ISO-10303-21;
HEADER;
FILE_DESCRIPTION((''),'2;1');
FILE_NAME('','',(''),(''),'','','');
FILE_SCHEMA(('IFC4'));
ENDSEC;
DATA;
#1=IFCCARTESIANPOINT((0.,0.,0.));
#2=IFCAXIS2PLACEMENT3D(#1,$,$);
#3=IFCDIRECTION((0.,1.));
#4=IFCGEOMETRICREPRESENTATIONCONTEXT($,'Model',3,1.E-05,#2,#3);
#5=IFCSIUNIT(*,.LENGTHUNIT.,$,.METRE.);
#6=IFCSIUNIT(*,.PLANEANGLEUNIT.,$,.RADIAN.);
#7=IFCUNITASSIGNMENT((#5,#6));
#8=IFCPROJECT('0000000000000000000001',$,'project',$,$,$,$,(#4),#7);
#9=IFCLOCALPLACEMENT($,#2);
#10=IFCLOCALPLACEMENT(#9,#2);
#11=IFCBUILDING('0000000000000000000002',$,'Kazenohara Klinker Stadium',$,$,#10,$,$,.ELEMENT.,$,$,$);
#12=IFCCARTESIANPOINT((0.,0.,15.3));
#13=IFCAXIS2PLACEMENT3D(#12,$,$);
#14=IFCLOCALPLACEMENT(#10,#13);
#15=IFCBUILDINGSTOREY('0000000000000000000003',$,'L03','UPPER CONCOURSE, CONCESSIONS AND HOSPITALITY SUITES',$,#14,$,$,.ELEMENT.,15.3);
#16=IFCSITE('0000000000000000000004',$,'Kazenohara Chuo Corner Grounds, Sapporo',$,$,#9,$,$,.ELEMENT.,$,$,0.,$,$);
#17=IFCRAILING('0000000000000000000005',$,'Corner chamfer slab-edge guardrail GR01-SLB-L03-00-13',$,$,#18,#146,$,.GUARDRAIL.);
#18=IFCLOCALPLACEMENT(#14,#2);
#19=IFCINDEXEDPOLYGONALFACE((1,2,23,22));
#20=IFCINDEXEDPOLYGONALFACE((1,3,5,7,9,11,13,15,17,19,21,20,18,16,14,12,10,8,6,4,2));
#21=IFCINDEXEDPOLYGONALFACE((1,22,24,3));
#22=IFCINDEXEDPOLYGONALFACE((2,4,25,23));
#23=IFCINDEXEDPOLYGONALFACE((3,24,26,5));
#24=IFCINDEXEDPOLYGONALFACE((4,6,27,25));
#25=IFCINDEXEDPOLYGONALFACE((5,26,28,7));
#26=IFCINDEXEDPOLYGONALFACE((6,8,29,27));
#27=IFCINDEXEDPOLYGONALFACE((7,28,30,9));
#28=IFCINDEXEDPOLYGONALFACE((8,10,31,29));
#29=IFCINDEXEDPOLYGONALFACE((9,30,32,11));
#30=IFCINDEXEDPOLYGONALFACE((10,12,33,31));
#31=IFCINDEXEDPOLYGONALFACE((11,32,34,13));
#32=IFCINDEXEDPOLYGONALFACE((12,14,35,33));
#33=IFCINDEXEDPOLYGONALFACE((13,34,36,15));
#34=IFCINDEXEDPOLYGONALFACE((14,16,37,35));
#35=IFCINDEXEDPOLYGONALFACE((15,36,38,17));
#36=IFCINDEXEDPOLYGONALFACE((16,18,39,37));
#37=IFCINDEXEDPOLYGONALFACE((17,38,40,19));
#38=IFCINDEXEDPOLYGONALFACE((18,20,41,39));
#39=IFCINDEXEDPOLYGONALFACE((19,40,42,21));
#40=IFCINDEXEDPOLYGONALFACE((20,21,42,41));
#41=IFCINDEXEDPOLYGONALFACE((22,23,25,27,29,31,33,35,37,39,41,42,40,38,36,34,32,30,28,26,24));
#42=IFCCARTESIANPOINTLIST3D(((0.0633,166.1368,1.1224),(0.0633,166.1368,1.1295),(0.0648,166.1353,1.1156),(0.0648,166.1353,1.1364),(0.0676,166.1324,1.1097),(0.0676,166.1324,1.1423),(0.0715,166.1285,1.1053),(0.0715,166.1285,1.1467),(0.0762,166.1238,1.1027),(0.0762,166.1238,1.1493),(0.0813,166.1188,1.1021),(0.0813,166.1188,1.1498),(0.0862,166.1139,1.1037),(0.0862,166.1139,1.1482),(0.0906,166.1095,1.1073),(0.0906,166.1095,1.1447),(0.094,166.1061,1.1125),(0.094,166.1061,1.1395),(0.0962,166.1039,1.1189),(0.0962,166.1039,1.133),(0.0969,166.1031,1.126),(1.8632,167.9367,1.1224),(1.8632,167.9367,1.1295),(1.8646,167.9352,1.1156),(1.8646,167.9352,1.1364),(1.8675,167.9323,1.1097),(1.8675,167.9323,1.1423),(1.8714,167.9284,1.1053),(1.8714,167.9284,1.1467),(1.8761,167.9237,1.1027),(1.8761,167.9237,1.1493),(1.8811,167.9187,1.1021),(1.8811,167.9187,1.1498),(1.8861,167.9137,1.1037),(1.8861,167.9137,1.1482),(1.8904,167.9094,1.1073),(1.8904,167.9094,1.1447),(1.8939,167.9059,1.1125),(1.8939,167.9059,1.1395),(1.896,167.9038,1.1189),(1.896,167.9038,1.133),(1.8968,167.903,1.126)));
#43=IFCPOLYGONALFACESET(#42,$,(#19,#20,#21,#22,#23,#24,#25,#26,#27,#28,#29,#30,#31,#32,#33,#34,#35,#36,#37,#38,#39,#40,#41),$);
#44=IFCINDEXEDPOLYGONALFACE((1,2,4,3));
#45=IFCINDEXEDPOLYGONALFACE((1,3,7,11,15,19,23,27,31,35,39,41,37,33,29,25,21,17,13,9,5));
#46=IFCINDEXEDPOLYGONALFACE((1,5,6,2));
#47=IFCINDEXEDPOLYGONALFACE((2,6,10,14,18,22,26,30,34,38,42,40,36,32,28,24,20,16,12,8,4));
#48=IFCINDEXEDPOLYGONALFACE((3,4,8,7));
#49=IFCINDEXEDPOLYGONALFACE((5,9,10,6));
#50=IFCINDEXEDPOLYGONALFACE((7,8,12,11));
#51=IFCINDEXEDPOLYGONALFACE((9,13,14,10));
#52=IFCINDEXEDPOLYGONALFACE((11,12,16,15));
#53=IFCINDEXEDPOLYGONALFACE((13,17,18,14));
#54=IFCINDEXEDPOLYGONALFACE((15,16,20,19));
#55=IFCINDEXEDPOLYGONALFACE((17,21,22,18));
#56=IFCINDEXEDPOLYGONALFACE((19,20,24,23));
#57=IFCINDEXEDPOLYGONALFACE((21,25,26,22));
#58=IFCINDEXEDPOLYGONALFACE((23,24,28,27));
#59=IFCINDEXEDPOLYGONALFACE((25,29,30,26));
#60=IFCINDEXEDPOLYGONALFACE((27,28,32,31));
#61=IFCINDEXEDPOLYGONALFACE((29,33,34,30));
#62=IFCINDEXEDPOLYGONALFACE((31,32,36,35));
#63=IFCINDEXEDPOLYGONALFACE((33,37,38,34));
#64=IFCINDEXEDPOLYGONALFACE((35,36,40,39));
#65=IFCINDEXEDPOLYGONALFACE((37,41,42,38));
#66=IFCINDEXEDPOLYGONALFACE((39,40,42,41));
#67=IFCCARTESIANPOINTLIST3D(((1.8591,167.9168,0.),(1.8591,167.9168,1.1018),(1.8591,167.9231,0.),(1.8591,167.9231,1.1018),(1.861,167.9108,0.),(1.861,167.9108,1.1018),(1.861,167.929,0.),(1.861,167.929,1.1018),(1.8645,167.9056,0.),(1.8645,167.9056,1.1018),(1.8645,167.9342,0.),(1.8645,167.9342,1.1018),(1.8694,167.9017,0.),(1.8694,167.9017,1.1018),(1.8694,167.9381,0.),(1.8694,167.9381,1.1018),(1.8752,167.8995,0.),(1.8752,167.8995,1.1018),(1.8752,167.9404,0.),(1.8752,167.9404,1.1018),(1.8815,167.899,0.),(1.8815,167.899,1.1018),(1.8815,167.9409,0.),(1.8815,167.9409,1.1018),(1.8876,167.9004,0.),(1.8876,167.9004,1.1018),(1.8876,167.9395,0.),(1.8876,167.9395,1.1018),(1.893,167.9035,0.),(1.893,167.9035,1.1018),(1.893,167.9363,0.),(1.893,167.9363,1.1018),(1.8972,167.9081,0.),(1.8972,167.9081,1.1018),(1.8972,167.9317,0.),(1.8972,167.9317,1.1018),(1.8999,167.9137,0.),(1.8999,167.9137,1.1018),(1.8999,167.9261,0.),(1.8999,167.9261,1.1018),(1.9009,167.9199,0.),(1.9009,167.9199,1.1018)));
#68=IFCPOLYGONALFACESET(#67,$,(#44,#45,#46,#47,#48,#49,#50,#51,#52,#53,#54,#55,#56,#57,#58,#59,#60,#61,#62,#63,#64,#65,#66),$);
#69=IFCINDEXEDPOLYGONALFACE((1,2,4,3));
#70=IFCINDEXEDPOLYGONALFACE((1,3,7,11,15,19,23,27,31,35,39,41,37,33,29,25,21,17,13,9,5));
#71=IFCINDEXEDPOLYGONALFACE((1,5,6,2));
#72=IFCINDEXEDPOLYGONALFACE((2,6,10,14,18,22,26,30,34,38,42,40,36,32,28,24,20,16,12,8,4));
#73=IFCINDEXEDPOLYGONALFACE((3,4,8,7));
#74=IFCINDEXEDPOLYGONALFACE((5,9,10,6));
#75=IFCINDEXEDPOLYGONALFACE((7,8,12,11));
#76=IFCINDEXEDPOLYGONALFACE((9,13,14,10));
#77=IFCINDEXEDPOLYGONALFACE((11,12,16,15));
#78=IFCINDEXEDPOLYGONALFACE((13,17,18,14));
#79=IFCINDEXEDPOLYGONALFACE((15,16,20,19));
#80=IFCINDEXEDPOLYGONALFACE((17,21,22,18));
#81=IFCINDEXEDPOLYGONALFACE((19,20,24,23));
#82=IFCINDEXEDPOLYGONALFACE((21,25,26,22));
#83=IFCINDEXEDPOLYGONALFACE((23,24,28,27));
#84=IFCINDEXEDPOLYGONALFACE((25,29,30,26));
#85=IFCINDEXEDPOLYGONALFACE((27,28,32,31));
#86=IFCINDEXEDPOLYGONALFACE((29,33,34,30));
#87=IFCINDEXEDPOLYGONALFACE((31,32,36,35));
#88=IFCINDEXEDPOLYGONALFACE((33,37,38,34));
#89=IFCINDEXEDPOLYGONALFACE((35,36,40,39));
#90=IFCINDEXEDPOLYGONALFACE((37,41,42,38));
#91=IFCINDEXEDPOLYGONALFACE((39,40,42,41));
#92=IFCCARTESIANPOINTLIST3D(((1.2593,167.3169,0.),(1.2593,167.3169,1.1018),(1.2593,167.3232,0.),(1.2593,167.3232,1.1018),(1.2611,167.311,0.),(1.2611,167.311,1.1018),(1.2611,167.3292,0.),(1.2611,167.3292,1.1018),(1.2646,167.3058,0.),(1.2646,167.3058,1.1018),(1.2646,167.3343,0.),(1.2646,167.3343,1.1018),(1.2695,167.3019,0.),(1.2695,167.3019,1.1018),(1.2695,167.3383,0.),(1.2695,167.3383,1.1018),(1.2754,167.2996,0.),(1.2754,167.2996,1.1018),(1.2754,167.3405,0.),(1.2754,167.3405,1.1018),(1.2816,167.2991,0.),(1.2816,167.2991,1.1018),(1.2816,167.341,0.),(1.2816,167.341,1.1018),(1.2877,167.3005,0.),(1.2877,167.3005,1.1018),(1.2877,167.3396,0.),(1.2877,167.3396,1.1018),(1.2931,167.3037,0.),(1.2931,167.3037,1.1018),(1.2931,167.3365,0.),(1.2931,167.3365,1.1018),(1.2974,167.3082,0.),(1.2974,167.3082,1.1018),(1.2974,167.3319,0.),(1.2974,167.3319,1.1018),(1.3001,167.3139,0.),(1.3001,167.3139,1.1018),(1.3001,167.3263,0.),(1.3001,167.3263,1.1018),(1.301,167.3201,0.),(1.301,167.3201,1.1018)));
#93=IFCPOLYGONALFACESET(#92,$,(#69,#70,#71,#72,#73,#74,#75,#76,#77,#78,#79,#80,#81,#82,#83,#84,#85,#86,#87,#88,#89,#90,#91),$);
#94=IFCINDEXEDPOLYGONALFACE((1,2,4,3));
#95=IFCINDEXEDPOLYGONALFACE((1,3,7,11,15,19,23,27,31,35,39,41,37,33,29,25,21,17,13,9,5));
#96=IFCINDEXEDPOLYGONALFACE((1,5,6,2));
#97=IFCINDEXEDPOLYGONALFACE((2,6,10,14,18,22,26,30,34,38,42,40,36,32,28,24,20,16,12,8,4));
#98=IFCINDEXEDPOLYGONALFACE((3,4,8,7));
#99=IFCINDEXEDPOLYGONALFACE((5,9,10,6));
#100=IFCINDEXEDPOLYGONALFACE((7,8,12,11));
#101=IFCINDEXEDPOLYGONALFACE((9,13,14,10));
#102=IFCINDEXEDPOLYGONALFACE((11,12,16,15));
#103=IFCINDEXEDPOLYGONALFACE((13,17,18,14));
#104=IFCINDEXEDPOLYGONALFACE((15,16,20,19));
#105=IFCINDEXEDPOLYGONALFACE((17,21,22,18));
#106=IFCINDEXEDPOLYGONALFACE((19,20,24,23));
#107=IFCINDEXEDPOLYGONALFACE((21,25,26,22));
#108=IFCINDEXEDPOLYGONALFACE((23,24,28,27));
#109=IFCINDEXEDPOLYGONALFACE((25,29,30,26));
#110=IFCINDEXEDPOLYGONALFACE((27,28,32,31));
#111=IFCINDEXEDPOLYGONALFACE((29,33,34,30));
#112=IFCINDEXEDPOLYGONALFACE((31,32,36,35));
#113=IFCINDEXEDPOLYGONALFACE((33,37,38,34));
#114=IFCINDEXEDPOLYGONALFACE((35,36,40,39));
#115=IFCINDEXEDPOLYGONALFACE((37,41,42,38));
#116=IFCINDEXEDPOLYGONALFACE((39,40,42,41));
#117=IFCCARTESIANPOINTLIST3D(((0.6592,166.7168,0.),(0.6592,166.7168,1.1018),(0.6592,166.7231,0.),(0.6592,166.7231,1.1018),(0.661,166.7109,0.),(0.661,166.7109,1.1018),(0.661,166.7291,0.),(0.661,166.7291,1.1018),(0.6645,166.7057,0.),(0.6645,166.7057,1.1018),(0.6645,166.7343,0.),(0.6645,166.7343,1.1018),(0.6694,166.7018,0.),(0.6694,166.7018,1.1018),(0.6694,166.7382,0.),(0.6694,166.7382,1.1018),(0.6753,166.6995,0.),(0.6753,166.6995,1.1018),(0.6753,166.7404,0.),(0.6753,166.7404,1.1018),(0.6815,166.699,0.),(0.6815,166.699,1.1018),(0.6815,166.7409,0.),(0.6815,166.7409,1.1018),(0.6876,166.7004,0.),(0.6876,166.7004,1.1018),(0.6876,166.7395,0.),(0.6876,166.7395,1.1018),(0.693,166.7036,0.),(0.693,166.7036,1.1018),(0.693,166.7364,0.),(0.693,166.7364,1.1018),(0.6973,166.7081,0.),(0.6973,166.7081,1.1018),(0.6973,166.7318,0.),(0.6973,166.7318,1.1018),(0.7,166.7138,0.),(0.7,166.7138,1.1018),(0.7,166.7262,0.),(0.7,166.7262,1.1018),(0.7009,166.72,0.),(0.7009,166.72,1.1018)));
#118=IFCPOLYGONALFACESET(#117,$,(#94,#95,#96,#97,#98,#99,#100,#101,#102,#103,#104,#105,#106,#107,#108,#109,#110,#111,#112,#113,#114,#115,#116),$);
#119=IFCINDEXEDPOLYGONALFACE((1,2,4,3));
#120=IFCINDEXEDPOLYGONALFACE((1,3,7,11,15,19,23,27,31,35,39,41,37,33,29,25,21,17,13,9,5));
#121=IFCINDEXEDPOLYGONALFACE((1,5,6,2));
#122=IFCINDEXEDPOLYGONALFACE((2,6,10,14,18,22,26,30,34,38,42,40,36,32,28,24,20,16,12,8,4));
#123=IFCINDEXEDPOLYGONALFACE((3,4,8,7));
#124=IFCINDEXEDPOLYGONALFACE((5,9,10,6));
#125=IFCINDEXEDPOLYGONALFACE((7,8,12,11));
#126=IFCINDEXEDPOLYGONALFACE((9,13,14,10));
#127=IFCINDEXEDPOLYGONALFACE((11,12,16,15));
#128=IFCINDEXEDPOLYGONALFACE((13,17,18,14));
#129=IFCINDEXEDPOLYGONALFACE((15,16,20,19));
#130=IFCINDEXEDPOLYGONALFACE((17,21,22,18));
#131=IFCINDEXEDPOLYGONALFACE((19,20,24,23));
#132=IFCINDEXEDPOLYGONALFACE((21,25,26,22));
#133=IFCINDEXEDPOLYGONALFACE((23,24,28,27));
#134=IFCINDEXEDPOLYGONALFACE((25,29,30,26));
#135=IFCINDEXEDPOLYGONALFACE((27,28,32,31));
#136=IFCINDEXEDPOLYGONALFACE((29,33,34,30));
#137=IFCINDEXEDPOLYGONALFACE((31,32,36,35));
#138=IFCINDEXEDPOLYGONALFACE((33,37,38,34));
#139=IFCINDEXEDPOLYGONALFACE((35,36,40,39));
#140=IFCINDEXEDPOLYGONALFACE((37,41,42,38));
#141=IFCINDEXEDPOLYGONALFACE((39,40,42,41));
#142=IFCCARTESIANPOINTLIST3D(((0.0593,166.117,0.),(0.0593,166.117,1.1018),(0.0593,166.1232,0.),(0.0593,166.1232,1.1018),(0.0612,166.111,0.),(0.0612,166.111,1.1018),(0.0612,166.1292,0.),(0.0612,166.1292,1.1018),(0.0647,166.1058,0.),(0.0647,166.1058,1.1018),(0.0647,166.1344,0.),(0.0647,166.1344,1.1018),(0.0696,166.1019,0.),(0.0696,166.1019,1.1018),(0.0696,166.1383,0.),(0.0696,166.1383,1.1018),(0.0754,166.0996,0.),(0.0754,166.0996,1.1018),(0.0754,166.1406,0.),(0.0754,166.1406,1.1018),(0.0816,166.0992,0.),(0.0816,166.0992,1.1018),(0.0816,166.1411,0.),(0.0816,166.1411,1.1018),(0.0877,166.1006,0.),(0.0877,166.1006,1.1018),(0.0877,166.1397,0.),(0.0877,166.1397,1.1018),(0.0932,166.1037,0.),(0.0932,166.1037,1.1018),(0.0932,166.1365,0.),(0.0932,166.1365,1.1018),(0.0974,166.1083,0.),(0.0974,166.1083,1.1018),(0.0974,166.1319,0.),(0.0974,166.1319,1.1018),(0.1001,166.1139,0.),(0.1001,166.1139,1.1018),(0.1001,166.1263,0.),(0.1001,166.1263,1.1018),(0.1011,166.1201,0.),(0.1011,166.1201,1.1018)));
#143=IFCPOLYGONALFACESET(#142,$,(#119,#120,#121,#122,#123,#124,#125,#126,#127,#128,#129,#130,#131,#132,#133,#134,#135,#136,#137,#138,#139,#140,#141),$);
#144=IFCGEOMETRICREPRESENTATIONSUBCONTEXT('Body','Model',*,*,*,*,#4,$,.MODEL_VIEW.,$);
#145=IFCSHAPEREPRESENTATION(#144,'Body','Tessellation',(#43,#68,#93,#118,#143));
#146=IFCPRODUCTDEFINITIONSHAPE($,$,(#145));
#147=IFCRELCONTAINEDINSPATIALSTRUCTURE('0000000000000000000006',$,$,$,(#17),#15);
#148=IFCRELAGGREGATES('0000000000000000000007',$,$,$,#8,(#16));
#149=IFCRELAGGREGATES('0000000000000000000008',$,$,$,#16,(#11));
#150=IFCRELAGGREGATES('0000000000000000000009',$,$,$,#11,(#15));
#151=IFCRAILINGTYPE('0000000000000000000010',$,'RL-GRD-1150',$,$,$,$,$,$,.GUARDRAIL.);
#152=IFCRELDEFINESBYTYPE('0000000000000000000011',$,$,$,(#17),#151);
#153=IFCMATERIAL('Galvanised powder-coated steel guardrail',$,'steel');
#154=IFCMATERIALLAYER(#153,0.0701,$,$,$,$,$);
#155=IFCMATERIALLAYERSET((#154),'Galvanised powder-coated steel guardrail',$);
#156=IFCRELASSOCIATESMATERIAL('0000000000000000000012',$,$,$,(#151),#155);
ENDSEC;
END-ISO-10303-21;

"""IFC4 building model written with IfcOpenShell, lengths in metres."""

from ifc_helpers import new_model, si_unit, direction, frame, origin, origin_2d, place, context, subcontext, project, spatial, circle, extrude, material, layer, layer_set, type_object, element, save


model = new_model("IFC4")

# Units and contexts
model_context = context("Model", 3, precision=1e-05, world=origin(), true_north=direction((0.0, 1.0)))
body_context = subcontext(model_context, "Body", "Model", "MODEL_VIEW")
ifc_project = project(units=[si_unit("LENGTHUNIT", "METRE"), si_unit("PLANEANGLEUNIT", "RADIAN")], contexts=[model_context])

# Site, building, storey
site_placement = place(None, origin())
site = spatial("IfcSite", under=ifc_project, at=site_placement, Name="Kazenohara Chuo Corner Grounds, Sapporo", CompositionType="ELEMENT", RefElevation=0.0)
building_placement = place(site_placement, origin())
building = spatial("IfcBuilding", under=site, at=building_placement, Name="Kazenohara Klinker Stadium", CompositionType="ELEMENT")
storey_placement = place(building_placement, frame((0.0, 0.0, 15.3)))
storey = spatial("IfcBuildingStorey", under=building, at=storey_placement, Name="L03", Description="UPPER CONCOURSE, CONCESSIONS AND HOSPITALITY SUITES", CompositionType="ELEMENT", Elevation=15.3)

# Railing
ifc_material_1 = material(Name="Galvanised powder-coated steel guardrail", Category="steel")
ifc_layer_1 = layer(ifc_material_1, 0.0701)
ifc_layer_set_1 = layer_set([ifc_layer_1], Name="Galvanised powder-coated steel guardrail")
railing_type = type_object("IfcRailingType", Name="RL-GRD-1150", PredefinedType="GUARDRAIL", material=ifc_layer_set_1)
railing_placement = place(storey_placement, frame((1.8799, 167.9199, 0.0)))
element("IfcRailing", 1, at=railing_placement, inside=storey, type_object=railing_type, Name="Corner chamfer slab-edge guardrail GR01-SLB-L03-00-13", PredefinedType="GUARDRAIL", context=body_context, shape_type="SweptSolid", body=[
    extrude(circle(Radius=0.0239, at=origin_2d()), frame((0.0, 0.0, 1.126), z_axis=(-0.707107, -0.707107, 0.0), x_axis=(0.707107, -0.707107, 0.0)), (0.0, 0.0, 1.0), 2.5454),
    extrude(circle(Radius=0.021, at=origin_2d()), origin(), (0.0, 0.0, 1.0), 1.1018),
    extrude(circle(Radius=0.021, at=origin_2d()), frame((-0.5999, -0.5999, 0.0)), (0.0, 0.0, 1.0), 1.1018),
    extrude(circle(Radius=0.021, at=origin_2d()), frame((-1.2, -1.2, 0.0)), (0.0, 0.0, 1.0), 1.1018),
    extrude(circle(Radius=0.021, at=origin_2d()), frame((-1.7998, -1.7998, 0.0)), (0.0, 0.0, 1.0), 1.1018),
])

save(model, "model.ifc")
